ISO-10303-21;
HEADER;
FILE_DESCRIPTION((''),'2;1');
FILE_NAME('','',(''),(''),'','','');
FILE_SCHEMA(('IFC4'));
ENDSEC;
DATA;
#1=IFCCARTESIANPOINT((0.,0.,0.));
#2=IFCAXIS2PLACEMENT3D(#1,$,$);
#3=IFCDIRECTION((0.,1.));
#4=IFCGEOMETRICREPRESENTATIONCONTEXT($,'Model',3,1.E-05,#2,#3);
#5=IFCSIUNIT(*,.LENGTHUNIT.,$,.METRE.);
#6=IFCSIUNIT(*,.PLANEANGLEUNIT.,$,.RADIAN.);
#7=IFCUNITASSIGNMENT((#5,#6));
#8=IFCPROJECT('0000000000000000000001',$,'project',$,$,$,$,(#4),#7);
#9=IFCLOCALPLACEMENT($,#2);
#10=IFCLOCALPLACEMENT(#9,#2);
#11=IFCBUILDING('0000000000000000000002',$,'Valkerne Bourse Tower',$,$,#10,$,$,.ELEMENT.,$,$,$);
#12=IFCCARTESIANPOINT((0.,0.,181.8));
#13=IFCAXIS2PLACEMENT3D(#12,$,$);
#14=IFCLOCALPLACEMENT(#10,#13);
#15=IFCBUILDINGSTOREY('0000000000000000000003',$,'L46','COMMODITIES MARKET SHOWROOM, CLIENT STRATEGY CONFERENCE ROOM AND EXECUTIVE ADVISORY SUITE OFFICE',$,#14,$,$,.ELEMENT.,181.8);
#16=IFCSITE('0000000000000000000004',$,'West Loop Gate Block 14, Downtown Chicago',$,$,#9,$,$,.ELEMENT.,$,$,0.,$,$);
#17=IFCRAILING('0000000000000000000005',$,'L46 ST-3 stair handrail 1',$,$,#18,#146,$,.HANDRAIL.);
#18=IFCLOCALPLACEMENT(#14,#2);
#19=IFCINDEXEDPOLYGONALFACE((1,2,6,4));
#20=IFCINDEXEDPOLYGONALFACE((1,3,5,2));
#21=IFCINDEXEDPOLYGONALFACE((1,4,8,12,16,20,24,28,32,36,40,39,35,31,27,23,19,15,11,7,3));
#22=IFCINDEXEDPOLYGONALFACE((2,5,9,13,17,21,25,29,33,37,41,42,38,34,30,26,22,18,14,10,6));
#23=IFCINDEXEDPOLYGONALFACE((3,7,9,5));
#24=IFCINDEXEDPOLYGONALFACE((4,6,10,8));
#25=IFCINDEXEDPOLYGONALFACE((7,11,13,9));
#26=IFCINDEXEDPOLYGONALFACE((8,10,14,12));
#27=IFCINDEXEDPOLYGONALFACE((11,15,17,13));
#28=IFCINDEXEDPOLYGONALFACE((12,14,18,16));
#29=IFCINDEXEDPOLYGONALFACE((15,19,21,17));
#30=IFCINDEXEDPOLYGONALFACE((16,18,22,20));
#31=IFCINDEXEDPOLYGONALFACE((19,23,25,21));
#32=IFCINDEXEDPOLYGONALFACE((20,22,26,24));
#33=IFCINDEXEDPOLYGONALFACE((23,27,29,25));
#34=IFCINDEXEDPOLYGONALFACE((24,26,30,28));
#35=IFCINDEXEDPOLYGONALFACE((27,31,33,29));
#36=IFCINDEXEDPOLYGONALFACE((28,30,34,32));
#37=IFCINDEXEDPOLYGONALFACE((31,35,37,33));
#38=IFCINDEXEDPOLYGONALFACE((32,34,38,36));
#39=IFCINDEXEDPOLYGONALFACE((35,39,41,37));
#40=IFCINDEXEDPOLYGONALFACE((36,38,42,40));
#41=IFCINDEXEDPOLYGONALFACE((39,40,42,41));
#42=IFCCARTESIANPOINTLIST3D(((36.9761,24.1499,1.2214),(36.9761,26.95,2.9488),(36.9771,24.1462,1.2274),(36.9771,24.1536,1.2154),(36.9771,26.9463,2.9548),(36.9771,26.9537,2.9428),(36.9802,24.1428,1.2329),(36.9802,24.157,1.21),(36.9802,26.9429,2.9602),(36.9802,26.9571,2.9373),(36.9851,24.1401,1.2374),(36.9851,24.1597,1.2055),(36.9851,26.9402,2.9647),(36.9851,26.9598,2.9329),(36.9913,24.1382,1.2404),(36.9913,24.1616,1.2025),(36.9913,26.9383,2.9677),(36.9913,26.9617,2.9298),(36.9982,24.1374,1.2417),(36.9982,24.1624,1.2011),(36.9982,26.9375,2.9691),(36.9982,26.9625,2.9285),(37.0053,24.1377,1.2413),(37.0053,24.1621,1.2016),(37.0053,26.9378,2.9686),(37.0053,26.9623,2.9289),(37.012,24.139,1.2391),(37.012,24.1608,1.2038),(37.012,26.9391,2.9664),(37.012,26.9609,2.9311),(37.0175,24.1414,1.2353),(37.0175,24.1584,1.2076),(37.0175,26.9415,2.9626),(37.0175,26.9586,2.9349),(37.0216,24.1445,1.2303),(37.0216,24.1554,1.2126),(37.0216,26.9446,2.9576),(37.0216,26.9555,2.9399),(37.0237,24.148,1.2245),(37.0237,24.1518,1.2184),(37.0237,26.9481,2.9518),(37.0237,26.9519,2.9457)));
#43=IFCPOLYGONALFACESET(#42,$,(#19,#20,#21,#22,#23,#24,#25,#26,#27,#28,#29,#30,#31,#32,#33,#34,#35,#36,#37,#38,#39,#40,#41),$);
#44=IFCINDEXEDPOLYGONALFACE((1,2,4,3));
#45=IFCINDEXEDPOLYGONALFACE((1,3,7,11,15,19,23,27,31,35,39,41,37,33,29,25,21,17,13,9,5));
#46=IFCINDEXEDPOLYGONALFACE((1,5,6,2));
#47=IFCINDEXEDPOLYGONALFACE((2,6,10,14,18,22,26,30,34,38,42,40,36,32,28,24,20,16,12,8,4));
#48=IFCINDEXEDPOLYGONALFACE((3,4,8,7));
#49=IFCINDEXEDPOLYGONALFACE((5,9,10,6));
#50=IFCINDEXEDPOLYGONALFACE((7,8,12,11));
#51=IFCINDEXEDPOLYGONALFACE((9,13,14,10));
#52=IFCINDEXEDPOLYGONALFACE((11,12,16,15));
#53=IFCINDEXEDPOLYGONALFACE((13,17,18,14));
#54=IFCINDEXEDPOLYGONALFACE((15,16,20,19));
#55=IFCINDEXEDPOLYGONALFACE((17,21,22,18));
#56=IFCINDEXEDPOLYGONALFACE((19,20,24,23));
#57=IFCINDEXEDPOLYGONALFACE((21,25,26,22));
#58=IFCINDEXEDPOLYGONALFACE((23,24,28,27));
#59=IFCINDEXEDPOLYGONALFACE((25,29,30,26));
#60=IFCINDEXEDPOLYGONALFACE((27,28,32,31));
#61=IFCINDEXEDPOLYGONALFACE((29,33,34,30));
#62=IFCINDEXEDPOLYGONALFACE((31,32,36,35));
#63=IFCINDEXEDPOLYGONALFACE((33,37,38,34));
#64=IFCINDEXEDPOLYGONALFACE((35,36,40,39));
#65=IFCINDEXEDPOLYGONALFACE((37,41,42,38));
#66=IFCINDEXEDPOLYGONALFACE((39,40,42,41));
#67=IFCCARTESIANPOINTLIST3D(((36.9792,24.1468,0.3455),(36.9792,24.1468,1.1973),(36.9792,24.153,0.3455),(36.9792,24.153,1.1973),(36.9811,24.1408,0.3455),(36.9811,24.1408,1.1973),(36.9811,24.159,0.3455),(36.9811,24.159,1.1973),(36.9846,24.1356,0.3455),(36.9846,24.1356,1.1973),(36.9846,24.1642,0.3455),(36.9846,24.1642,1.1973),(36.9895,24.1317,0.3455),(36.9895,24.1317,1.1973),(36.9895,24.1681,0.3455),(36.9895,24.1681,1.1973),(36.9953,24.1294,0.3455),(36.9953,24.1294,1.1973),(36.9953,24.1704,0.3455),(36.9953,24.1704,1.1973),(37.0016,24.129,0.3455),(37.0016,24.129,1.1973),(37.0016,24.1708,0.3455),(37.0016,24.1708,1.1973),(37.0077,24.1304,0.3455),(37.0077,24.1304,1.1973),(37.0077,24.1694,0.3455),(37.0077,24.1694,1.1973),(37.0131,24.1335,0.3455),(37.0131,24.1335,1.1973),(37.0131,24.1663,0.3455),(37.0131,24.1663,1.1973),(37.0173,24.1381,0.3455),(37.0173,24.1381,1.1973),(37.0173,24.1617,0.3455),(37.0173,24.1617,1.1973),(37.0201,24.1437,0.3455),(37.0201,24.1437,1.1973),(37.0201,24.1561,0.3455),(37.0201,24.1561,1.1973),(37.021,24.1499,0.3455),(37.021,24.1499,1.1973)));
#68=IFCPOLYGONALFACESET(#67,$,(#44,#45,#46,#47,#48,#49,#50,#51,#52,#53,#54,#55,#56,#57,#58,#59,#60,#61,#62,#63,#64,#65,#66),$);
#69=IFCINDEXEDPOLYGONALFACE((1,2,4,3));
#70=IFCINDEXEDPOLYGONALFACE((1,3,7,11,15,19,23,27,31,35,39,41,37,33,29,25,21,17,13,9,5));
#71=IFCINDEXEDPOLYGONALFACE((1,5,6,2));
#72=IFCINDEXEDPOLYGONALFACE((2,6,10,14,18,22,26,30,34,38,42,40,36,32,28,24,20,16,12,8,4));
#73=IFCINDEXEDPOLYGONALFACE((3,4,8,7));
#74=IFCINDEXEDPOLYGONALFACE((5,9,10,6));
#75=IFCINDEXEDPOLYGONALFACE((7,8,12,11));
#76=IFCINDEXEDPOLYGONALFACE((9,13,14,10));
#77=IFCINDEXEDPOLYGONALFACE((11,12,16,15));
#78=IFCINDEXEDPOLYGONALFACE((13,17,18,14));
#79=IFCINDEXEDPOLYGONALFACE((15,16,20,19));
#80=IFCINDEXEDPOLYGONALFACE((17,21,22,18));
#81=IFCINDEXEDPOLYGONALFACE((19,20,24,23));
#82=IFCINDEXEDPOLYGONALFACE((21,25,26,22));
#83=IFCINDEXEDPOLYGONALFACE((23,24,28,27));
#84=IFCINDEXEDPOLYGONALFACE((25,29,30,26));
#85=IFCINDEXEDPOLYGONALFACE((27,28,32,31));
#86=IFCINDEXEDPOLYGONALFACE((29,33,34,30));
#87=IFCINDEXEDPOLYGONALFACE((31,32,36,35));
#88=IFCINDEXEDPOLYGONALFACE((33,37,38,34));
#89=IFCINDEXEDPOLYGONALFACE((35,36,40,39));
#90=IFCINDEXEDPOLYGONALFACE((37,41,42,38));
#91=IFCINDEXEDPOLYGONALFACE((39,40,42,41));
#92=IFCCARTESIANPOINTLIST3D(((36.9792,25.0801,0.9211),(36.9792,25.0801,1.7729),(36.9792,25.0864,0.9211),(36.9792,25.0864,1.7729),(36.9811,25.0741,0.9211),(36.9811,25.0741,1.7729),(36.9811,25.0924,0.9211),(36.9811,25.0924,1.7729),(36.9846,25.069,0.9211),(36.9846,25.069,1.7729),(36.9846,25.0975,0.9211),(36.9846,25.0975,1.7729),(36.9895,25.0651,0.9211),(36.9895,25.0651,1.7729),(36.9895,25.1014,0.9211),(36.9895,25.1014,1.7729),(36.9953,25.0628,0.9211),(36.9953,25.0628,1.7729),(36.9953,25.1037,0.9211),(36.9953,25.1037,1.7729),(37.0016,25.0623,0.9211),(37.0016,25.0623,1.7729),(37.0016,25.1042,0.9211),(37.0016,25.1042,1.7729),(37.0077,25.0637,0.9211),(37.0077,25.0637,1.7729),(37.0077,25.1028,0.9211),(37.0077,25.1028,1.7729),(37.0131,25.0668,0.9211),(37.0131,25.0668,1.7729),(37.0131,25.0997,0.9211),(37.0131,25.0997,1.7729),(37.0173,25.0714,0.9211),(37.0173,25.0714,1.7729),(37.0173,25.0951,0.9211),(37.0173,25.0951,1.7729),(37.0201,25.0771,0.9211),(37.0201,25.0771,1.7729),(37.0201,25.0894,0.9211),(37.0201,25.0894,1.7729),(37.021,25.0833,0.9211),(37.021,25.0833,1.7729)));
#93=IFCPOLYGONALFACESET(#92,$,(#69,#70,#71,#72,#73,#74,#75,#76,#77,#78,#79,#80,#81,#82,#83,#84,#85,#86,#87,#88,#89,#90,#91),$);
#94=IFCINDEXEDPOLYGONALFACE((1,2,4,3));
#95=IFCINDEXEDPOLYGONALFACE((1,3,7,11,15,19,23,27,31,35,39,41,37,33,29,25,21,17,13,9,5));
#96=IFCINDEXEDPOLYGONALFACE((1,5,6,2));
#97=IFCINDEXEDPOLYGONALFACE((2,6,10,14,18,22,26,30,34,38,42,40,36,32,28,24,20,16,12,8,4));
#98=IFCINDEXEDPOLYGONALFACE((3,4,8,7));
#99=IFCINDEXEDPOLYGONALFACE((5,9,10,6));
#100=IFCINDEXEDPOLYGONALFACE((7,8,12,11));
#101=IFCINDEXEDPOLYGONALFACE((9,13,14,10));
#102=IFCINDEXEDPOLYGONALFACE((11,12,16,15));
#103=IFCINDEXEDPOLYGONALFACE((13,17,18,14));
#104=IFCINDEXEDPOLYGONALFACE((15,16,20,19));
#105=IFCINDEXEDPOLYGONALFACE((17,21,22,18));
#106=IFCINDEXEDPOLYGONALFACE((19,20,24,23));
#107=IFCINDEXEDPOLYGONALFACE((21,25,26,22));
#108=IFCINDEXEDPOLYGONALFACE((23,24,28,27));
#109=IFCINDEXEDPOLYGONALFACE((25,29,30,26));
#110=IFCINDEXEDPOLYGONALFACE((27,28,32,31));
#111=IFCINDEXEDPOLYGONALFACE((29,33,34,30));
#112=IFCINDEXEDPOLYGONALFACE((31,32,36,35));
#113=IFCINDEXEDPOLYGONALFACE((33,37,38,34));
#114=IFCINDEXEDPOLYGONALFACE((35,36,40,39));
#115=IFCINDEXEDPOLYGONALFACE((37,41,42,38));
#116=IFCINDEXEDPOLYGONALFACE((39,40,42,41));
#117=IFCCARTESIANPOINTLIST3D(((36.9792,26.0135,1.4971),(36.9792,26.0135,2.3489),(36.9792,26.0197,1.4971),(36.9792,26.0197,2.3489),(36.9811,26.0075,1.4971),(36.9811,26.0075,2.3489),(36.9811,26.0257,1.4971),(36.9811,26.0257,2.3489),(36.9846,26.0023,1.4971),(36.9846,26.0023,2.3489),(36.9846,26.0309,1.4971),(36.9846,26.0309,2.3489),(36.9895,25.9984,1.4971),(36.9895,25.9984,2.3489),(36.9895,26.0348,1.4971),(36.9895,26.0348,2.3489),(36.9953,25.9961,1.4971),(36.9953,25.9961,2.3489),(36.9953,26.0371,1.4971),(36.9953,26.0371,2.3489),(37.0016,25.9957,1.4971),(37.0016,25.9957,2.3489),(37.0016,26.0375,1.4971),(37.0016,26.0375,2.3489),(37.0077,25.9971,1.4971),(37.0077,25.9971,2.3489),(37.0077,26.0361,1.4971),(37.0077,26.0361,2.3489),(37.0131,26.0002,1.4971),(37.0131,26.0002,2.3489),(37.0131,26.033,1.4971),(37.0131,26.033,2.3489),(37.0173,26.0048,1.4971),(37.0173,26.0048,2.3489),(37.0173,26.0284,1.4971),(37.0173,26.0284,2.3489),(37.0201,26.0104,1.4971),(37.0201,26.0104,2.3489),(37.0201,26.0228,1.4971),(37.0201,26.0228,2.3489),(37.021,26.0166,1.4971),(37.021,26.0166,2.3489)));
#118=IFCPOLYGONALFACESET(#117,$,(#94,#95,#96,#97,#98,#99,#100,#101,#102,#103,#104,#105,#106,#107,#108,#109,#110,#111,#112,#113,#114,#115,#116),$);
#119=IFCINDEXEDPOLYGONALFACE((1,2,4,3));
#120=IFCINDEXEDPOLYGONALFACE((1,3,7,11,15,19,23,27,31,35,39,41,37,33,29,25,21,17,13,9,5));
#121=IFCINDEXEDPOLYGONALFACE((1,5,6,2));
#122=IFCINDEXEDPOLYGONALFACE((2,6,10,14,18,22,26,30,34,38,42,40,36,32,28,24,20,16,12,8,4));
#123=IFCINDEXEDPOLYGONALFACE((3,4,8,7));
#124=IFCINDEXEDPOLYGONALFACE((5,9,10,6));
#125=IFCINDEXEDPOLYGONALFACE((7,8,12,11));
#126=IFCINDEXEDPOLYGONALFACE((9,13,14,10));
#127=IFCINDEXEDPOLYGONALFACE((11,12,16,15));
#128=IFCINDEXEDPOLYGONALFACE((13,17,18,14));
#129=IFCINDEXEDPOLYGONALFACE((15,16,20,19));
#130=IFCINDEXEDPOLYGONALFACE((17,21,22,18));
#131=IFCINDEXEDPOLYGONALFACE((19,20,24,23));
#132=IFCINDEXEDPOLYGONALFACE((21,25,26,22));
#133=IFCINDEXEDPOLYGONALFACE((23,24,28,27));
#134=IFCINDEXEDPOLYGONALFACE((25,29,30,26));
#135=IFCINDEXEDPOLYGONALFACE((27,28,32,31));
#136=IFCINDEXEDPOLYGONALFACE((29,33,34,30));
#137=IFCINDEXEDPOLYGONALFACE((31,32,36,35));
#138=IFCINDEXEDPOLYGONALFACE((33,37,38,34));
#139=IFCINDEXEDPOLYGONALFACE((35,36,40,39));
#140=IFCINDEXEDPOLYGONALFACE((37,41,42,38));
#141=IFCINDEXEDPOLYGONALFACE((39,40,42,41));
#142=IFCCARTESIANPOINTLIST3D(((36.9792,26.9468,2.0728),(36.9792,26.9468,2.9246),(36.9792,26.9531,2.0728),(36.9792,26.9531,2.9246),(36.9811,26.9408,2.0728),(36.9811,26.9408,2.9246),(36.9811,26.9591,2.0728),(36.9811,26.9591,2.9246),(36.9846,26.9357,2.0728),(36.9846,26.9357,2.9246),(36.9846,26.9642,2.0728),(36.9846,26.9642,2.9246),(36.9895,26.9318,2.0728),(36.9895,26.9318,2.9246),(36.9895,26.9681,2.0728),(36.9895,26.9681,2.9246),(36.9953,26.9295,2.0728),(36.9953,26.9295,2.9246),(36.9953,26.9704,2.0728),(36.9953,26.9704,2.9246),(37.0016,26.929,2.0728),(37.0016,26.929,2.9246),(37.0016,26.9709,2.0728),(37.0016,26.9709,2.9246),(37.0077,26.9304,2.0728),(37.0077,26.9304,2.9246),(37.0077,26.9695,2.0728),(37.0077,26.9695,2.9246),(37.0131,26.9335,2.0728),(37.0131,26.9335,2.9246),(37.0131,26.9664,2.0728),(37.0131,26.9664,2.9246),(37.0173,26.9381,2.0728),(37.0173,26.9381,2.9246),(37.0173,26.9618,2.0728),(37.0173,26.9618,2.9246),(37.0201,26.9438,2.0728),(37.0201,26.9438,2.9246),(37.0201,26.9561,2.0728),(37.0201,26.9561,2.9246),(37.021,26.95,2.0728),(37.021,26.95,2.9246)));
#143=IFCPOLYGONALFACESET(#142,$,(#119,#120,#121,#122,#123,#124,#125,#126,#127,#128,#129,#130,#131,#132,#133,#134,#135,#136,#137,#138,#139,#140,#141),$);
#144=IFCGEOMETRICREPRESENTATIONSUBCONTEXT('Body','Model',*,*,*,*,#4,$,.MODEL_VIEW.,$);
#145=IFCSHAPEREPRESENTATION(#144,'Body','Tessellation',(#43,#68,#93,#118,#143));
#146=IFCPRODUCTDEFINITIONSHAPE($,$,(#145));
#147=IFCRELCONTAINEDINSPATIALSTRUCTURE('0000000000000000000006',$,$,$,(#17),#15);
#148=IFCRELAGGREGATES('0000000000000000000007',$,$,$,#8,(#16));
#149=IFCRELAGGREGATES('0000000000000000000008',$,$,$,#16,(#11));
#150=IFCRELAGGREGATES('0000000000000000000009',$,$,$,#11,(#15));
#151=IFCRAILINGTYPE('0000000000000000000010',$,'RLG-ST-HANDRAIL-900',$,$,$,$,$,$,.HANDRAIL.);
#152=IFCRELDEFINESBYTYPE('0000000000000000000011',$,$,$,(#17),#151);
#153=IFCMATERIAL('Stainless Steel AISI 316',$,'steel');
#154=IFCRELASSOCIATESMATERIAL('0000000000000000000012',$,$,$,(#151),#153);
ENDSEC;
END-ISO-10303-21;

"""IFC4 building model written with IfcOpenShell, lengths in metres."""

from ifc_helpers import new_model, si_unit, direction, frame, origin, origin_2d, place, context, subcontext, project, spatial, circle, extrude, material, type_object, element, save


model = new_model("IFC4")

# Units and contexts
model_context = context("Model", 3, precision=1e-05, world=origin(), true_north=direction((0.0, 1.0)))
body_context = subcontext(model_context, "Body", "Model", "MODEL_VIEW")
ifc_project = project(units=[si_unit("LENGTHUNIT", "METRE"), si_unit("PLANEANGLEUNIT", "RADIAN")], contexts=[model_context])

# Site, building, storey
site_placement = place(None, origin())
site = spatial("IfcSite", under=ifc_project, at=site_placement, Name="West Loop Gate Block 14, Downtown Chicago", CompositionType="ELEMENT", RefElevation=0.0)
building_placement = place(site_placement, origin())
building = spatial("IfcBuilding", under=site, at=building_placement, Name="Valkerne Bourse Tower", CompositionType="ELEMENT")
storey_placement = place(building_placement, frame((0.0, 0.0, 181.8)))
storey = spatial("IfcBuildingStorey", under=building, at=storey_placement, Name="L46", Description="COMMODITIES MARKET SHOWROOM, CLIENT STRATEGY CONFERENCE ROOM AND EXECUTIVE ADVISORY SUITE OFFICE", CompositionType="ELEMENT", Elevation=181.8)

# Railing
ifc_material_1 = material(Name="Stainless Steel AISI 316", Category="steel")
railing_type_1 = type_object("IfcRailingType", Name="RLG-ST-HANDRAIL-900", PredefinedType="HANDRAIL", material=ifc_material_1)
railing_1_placement = place(storey_placement, frame((37.0, 24.1499, 0.3455)))
element("IfcRailing", 1, at=railing_1_placement, inside=storey, type_object=railing_type_1, Name="L46 ST-3 stair handrail 1", PredefinedType="HANDRAIL", context=body_context, shape_type="SweptSolid", body=[
    extrude(circle(Radius=0.0239, at=origin_2d()), frame((0.0, 0.0, 0.876), z_axis=(0.0, 0.85109, 0.52502), x_axis=(-1.0, 0.0, 0.0)), (0.0, 0.0, 1.0), 3.29),
    extrude(circle(Radius=0.021, at=origin_2d()), origin(), (0.0, 0.0, 1.0), 0.8518),
    extrude(circle(Radius=0.021, at=origin_2d()), frame((0.0, 0.9333, 0.5757)), (0.0, 0.0, 1.0), 0.8518),
    extrude(circle(Radius=0.021, at=origin_2d()), frame((0.0, 1.8667, 1.1516)), (0.0, 0.0, 1.0), 0.8518),
    extrude(circle(Radius=0.021, at=origin_2d()), frame((0.0, 2.8, 1.7273)), (0.0, 0.0, 1.0), 0.8518),
])

save(model, "model.ifc")
